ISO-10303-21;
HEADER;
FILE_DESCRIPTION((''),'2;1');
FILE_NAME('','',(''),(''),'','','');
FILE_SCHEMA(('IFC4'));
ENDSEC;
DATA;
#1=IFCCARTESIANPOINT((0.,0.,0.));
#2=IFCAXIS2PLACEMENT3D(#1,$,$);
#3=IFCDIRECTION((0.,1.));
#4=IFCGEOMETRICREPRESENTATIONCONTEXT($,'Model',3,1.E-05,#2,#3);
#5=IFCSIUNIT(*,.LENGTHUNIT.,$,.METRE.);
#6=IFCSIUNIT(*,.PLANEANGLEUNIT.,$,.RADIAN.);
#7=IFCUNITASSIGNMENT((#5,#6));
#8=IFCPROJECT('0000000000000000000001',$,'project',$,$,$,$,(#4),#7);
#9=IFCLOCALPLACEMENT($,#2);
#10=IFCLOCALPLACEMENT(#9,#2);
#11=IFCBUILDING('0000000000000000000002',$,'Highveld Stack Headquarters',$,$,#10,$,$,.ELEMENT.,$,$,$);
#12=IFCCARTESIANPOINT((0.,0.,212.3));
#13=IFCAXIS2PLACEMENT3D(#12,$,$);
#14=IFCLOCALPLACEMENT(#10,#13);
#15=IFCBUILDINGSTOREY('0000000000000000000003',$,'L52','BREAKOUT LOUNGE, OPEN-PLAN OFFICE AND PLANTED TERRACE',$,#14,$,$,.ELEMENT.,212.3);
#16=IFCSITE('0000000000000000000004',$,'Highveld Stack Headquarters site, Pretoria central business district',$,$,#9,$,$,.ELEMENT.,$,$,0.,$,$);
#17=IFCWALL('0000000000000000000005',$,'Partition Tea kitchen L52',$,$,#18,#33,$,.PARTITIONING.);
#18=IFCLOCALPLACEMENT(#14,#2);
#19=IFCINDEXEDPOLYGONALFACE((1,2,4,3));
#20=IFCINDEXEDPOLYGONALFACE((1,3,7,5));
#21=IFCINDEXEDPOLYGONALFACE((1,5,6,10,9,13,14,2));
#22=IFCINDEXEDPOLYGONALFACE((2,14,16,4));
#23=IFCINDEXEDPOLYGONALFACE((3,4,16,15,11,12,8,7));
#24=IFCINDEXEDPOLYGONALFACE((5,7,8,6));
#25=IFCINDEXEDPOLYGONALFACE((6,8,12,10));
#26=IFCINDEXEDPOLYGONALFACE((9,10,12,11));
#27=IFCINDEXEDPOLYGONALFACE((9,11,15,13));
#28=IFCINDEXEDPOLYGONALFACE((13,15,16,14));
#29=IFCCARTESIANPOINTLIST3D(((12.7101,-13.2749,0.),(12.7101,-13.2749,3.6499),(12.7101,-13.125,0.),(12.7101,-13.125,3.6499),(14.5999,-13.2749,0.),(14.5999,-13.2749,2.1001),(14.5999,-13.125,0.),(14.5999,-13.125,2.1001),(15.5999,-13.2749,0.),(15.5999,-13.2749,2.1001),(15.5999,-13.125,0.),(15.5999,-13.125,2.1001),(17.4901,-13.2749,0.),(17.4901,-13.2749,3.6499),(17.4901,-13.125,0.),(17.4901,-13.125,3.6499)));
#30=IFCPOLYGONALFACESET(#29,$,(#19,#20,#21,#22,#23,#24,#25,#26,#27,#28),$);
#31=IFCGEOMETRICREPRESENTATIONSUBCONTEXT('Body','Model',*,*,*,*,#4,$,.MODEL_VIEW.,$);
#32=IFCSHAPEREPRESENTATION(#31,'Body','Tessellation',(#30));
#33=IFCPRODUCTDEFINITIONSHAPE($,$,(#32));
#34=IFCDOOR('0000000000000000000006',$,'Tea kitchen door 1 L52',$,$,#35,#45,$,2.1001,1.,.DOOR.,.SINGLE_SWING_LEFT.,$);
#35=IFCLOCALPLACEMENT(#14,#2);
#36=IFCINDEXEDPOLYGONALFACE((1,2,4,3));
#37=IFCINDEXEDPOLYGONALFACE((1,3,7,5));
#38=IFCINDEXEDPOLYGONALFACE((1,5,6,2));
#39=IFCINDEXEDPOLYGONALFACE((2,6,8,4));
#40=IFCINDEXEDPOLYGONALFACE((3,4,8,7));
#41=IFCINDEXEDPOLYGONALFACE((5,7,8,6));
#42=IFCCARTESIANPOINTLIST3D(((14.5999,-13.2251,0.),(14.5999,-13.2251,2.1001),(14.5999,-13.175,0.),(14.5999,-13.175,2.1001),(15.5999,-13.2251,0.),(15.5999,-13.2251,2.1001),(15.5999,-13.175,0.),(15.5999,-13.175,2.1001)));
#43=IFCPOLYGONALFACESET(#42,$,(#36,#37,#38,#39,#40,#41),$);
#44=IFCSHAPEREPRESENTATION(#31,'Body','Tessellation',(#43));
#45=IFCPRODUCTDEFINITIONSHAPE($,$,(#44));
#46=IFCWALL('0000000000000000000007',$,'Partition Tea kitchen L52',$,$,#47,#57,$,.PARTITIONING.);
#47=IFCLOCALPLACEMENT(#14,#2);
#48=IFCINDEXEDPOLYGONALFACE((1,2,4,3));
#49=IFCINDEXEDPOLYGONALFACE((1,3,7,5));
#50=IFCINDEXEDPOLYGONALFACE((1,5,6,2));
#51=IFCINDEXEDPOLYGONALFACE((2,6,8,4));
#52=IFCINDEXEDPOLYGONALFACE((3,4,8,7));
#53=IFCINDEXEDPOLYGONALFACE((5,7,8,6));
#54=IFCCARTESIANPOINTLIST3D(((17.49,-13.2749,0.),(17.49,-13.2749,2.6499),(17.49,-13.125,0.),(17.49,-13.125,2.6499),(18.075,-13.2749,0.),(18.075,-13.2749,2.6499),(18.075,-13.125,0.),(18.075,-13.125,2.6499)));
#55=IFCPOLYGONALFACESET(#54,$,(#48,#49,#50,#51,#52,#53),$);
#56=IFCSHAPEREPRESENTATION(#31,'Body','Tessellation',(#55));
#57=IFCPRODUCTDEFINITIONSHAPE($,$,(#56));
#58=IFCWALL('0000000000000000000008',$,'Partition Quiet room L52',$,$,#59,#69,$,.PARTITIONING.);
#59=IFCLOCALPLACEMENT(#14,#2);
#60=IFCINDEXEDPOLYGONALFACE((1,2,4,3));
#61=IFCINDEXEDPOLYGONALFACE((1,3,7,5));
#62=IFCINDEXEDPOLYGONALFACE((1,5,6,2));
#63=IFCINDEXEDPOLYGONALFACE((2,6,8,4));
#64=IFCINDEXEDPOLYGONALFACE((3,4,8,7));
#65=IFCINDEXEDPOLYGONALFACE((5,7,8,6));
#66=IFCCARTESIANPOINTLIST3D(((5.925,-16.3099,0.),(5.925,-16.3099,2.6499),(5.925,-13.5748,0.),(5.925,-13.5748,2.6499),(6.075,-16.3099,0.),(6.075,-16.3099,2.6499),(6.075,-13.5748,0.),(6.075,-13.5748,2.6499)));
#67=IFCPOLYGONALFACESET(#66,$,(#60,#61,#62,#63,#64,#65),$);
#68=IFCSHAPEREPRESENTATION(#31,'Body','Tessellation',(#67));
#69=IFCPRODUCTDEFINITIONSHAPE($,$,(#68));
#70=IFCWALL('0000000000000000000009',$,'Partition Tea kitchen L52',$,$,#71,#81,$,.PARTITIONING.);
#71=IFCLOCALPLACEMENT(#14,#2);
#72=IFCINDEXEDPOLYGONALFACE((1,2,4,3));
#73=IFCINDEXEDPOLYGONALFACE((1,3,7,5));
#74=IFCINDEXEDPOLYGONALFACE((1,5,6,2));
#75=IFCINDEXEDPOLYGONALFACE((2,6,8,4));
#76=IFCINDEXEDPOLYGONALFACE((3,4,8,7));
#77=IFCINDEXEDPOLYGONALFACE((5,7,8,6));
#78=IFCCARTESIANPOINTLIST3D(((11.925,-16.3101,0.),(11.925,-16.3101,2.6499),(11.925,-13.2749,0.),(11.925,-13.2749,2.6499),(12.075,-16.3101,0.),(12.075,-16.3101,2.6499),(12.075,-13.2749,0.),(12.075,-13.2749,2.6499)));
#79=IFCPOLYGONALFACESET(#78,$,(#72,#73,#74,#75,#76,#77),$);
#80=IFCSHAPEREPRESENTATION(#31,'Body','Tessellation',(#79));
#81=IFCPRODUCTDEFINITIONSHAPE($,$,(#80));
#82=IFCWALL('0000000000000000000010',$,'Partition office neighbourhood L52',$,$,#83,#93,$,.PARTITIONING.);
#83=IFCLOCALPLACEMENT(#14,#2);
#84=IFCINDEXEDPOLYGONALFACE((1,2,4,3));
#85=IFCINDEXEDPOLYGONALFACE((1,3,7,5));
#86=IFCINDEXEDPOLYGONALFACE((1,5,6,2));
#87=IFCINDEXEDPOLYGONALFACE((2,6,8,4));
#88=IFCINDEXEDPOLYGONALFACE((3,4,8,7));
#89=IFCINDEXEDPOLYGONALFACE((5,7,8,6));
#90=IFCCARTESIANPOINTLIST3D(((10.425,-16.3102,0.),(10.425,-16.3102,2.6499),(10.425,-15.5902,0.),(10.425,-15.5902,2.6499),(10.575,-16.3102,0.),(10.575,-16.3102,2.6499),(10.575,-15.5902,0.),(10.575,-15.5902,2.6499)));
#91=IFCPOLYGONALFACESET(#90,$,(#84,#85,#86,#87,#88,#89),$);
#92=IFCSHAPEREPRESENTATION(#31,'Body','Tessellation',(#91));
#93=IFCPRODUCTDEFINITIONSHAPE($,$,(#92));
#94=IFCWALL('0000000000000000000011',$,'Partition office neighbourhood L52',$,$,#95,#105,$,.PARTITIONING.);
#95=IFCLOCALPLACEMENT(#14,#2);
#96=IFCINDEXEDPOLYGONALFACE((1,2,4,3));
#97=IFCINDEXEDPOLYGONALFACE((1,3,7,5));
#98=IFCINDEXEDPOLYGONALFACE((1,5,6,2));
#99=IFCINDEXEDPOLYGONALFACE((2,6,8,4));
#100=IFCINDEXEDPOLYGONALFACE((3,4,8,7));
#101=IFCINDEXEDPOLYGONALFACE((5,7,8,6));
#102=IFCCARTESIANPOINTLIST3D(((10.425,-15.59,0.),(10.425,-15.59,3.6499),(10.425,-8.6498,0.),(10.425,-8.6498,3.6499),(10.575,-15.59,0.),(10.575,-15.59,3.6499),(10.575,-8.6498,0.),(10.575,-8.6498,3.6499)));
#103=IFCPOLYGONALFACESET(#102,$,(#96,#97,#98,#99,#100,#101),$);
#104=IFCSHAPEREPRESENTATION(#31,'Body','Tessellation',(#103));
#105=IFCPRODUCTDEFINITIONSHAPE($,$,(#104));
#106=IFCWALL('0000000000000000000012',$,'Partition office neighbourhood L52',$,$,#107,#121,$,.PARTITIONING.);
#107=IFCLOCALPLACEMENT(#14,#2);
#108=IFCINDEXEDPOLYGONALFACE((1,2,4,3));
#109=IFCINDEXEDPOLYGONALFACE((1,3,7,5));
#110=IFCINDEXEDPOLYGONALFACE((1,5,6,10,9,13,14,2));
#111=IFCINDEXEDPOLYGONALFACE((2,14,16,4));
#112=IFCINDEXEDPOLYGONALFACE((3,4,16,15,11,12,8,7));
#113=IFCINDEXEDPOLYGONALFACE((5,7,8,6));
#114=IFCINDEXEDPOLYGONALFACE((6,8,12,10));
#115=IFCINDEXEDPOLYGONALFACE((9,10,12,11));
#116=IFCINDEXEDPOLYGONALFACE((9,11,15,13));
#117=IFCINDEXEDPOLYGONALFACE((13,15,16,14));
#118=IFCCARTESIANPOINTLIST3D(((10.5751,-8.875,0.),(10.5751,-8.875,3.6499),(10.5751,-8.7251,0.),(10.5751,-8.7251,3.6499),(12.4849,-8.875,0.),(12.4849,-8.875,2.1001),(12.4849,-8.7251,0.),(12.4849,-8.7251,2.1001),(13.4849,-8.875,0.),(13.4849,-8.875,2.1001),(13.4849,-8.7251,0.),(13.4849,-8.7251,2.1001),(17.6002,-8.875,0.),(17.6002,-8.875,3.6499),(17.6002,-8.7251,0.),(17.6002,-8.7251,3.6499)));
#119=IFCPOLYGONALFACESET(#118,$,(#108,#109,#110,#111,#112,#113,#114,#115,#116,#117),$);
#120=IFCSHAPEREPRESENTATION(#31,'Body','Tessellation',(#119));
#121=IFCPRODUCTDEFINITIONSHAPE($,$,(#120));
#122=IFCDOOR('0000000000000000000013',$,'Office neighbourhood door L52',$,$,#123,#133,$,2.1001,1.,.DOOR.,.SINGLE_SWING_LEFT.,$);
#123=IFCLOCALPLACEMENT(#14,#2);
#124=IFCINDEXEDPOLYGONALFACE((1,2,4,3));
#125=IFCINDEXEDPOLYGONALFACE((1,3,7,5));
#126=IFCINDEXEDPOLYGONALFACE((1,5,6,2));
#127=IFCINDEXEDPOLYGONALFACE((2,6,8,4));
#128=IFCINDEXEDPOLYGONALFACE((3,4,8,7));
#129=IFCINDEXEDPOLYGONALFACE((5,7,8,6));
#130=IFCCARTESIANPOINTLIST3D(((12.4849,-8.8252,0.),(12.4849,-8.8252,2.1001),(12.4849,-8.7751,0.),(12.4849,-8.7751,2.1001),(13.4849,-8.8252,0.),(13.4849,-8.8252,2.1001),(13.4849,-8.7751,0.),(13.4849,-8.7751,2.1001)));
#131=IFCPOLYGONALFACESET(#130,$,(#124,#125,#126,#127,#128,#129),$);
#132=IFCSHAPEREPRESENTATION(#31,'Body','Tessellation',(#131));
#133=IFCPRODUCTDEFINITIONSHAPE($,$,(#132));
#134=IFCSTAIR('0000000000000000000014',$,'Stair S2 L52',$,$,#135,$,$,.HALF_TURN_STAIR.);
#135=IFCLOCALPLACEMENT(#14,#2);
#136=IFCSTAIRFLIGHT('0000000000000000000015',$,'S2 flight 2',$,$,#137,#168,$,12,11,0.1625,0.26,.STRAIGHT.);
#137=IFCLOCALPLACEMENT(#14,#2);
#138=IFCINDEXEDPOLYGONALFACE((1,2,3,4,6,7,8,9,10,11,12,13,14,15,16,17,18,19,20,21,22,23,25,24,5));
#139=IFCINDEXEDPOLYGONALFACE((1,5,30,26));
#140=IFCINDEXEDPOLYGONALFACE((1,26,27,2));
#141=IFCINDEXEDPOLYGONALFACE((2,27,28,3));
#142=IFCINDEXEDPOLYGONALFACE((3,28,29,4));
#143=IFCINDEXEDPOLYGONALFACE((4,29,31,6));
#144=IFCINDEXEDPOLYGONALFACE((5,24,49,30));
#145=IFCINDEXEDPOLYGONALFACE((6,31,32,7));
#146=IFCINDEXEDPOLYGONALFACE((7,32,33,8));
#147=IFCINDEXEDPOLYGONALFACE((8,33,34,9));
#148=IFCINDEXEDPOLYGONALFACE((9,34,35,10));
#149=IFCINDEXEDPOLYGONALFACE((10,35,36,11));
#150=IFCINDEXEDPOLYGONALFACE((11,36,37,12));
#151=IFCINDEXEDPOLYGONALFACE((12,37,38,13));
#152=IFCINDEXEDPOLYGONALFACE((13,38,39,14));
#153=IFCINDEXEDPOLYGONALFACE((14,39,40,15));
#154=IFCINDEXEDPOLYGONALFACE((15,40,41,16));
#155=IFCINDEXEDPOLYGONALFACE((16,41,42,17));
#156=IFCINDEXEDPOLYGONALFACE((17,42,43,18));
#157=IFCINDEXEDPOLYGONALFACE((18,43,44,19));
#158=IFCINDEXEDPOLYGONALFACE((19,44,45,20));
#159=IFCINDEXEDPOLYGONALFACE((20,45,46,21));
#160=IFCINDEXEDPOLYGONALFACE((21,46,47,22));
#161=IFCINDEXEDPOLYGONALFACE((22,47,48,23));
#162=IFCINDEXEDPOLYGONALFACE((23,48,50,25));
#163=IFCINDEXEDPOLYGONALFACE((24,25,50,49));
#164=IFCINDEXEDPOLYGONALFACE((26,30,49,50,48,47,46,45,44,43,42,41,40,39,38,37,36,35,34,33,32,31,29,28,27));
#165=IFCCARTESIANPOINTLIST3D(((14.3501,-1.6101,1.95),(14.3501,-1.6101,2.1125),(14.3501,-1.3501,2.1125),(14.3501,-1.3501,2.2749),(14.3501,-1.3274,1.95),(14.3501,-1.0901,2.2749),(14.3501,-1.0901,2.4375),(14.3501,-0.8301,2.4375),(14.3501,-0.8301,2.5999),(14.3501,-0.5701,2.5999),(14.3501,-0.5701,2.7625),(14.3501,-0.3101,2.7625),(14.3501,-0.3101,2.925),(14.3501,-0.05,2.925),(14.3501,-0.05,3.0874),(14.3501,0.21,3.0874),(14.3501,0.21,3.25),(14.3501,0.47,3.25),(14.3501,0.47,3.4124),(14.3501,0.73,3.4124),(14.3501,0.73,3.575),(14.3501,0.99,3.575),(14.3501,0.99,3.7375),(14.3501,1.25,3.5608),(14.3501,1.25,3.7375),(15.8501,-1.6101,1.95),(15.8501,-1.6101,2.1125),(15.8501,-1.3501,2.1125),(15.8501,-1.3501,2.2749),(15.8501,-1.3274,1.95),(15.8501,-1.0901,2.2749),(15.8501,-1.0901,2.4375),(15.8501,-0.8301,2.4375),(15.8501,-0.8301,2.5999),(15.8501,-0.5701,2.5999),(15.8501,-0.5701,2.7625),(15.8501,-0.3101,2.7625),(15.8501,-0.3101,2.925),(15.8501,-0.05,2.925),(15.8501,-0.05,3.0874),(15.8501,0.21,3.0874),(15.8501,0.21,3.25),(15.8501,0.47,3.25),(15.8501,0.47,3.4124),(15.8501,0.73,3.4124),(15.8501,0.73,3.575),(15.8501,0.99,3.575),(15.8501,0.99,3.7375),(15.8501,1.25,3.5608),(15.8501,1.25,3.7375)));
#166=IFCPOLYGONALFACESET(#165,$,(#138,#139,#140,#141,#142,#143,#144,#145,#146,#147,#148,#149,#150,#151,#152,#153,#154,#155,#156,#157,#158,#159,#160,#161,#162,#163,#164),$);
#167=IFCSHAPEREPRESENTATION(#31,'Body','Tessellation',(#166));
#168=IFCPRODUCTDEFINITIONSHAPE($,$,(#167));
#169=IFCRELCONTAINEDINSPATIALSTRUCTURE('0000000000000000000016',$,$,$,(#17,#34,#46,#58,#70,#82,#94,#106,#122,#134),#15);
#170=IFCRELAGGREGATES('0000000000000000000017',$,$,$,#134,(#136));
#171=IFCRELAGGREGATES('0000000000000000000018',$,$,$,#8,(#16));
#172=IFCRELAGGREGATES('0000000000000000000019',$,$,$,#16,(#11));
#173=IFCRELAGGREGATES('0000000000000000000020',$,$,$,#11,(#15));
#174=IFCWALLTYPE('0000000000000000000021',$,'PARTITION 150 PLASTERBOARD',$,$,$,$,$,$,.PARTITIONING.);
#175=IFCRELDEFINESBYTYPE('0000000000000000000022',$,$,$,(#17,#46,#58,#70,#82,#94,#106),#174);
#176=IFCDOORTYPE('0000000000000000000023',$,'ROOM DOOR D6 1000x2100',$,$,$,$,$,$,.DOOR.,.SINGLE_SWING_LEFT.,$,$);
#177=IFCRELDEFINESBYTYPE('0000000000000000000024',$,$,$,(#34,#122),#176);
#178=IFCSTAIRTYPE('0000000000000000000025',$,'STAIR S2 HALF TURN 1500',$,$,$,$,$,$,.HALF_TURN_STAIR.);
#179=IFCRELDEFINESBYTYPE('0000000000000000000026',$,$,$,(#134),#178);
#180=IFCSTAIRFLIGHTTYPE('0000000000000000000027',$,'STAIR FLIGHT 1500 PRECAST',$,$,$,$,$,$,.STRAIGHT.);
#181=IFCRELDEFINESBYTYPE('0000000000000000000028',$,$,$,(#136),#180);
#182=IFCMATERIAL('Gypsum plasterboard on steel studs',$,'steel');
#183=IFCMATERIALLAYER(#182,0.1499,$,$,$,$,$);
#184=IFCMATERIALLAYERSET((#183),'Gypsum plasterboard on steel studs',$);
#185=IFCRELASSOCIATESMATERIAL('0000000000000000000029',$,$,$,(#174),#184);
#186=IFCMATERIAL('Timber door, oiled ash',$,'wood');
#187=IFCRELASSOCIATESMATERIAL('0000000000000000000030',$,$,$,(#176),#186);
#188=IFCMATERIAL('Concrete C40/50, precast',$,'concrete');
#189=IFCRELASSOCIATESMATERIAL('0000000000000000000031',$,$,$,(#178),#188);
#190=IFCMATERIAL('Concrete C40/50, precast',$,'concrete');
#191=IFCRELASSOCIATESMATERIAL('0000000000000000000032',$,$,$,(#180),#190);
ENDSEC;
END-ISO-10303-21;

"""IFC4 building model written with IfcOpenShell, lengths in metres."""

from ifc_helpers import new_model, si_unit, direction, frame, frame_2d, origin, place, context, subcontext, project, spatial, polyline, rectangle, outline, extrude, material, layer, layer_set, type_object, element, fill, aggregate, save


model = new_model("IFC4")

# Units and contexts
model_context = context("Model", 3, precision=1e-05, world=origin(), true_north=direction((0.0, 1.0)))
body_context = subcontext(model_context, "Body", "Model", "MODEL_VIEW")
ifc_project = project(units=[si_unit("LENGTHUNIT", "METRE"), si_unit("PLANEANGLEUNIT", "RADIAN")], contexts=[model_context])

# Site, building, storey
site_placement = place(None, origin())
site = spatial("IfcSite", under=ifc_project, at=site_placement, Name="Highveld Stack Headquarters site, Pretoria central business district", CompositionType="ELEMENT", RefElevation=0.0)
building_placement = place(site_placement, origin())
building = spatial("IfcBuilding", under=site, at=building_placement, Name="Highveld Stack Headquarters", CompositionType="ELEMENT")
storey_placement = place(building_placement, frame((0.0, 0.0, 212.3)))
storey = spatial("IfcBuildingStorey", under=building, at=storey_placement, Name="L52", Description="BREAKOUT LOUNGE, OPEN-PLAN OFFICE AND PLANTED TERRACE", CompositionType="ELEMENT", Elevation=212.3)

# Shared definitions
ifc_material_1 = material(Name="Gypsum plasterboard on steel studs", Category="steel")
ifc_layer_1 = layer(ifc_material_1, 0.1499)
ifc_layer_set_1 = layer_set([ifc_layer_1], Name="Gypsum plasterboard on steel studs")
wall_type_1 = type_object("IfcWallType", Name="PARTITION 150 PLASTERBOARD", PredefinedType="PARTITIONING", material=ifc_layer_set_1)

# Wall, opening, door
wall_1_placement = place(storey_placement, frame((12.71, -13.2, 0.0), z_axis=(0.0, 0.0, 1.0), x_axis=(1.0, 0.0, 0.0)))
wall_1 = element("IfcWall", 1, at=wall_1_placement, inside=storey, type_object=wall_type_1, Name="Partition Tea kitchen L52", PredefinedType="PARTITIONING", context=body_context, shape_type="SweptSolid", body=[
    extrude(rectangle(XDim=4.78, YDim=0.1499, at=frame_2d((2.3901, 0.0))), origin(), (0.0, 0.0, 1.0), 3.6499),
])
opening_1_placement = place(wall_1_placement, frame((1.8899, 0.0, 0.0)))
opening_1 = element("IfcOpeningElement", 2, at=opening_1_placement, cuts=wall_1, PredefinedType="OPENING", context=body_context, shape_type="SweptSolid", body=[
    extrude(rectangle(XDim=1.0, YDim=2.1001, at=frame_2d((0.5, 1.05))), frame((0.0, 0.085, 0.0), z_axis=(0.0, -1.0, 0.0), x_axis=(1.0, 0.0, 0.0)), (0.0, 0.0, 1.0), 0.1699),
])
ifc_material_2 = material(Name="Timber door, oiled ash", Category="wood")
door_type = type_object("IfcDoorType", Name="ROOM DOOR D6 1000x2100", OperationType="SINGLE_SWING_LEFT", PredefinedType="DOOR", material=ifc_material_2)
door_1_placement = place(opening_1_placement, origin())
door_1 = element("IfcDoor", 3, at=door_1_placement, inside=storey, type_object=door_type, Name="Tea kitchen door 1 L52", OperationType="SINGLE_SWING_LEFT", OverallHeight=2.1001, OverallWidth=1.0, PredefinedType="DOOR", context=body_context, shape_type="SweptSolid", body=[
    extrude(rectangle(XDim=1.0, YDim=2.1001, at=frame_2d((0.5, 1.05))), frame((0.0, 0.0249, 0.0), z_axis=(0.0, -1.0, 0.0), x_axis=(1.0, 0.0, 0.0)), (0.0, 0.0, 1.0), 0.05),
])
fill(opening_1, door_1)

# Walls
wall_2_placement = place(storey_placement, frame((17.49, -13.2, 0.0), z_axis=(0.0, 0.0, 1.0), x_axis=(1.0, 0.0, 0.0)))
element("IfcWall", 4, at=wall_2_placement, inside=storey, type_object=wall_type_1, Name="Partition Tea kitchen L52", PredefinedType="PARTITIONING", context=body_context, shape_type="SweptSolid", body=[
    extrude(rectangle(XDim=0.585, YDim=0.1499, at=frame_2d((0.2925, 0.0))), origin(), (0.0, 0.0, 1.0), 2.6499),
])
wall_3_placement = place(storey_placement, frame((6.0, -16.3101, 0.0), z_axis=(0.0, 0.0, 1.0), x_axis=(0.0, 1.0, 0.0)))
element("IfcWall", 5, at=wall_3_placement, inside=storey, type_object=wall_type_1, Name="Partition Quiet room L52", PredefinedType="PARTITIONING", context=body_context, shape_type="SweptSolid", body=[
    extrude(rectangle(XDim=2.7351, YDim=0.1499, at=frame_2d((1.3677, 0.0))), origin(), (0.0, 0.0, 1.0), 2.6499),
])
wall_4_placement = place(storey_placement, frame((12.0, -16.3101, 0.0), z_axis=(0.0, 0.0, 1.0), x_axis=(0.0, 1.0, 0.0)))
element("IfcWall", 6, at=wall_4_placement, inside=storey, type_object=wall_type_1, Name="Partition Tea kitchen L52", PredefinedType="PARTITIONING", context=body_context, shape_type="SweptSolid", body=[
    extrude(rectangle(XDim=3.0352, YDim=0.1499, at=frame_2d((1.5176, 0.0))), origin(), (0.0, 0.0, 1.0), 2.6499),
])
wall_5_placement = place(storey_placement, frame((10.5, -16.3101, 0.0), z_axis=(0.0, 0.0, 1.0), x_axis=(0.0, 1.0, 0.0)))
element("IfcWall", 7, at=wall_5_placement, inside=storey, type_object=wall_type_1, Name="Partition office neighbourhood L52", PredefinedType="PARTITIONING", context=body_context, shape_type="SweptSolid", body=[
    extrude(rectangle(XDim=0.72, YDim=0.1499, at=frame_2d((0.3599, 0.0))), origin(), (0.0, 0.0, 1.0), 2.6499),
])
wall_6_placement = place(storey_placement, frame((10.5, -15.5901, 0.0), z_axis=(0.0, 0.0, 1.0), x_axis=(0.0, 1.0, 0.0)))
element("IfcWall", 8, at=wall_6_placement, inside=storey, type_object=wall_type_1, Name="Partition office neighbourhood L52", PredefinedType="PARTITIONING", context=body_context, shape_type="SweptSolid", body=[
    extrude(rectangle(XDim=6.9402, YDim=0.1499, at=frame_2d((3.4702, 0.0))), origin(), (0.0, 0.0, 1.0), 3.6499),
])

# Wall, opening, door
wall_7_placement = place(storey_placement, frame((10.575, -8.8, 0.0), z_axis=(0.0, 0.0, 1.0), x_axis=(1.0, 0.0, 0.0)))
wall_7 = element("IfcWall", 9, at=wall_7_placement, inside=storey, type_object=wall_type_1, Name="Partition office neighbourhood L52", PredefinedType="PARTITIONING", context=body_context, shape_type="SweptSolid", body=[
    extrude(rectangle(XDim=7.0251, YDim=0.1499, at=frame_2d((3.5127, 0.0))), origin(), (0.0, 0.0, 1.0), 3.6499),
])
opening_2_placement = place(wall_7_placement, frame((1.9099, 0.0, 0.0)))
opening_2 = element("IfcOpeningElement", 10, at=opening_2_placement, cuts=wall_7, PredefinedType="OPENING", context=body_context, shape_type="SweptSolid", body=[
    extrude(rectangle(XDim=1.0, YDim=2.1001, at=frame_2d((0.5, 1.05))), frame((0.0, 0.085, 0.0), z_axis=(0.0, -1.0, 0.0), x_axis=(1.0, 0.0, 0.0)), (0.0, 0.0, 1.0), 0.1699),
])
door_2_placement = place(opening_2_placement, origin())
door_2 = element("IfcDoor", 11, at=door_2_placement, inside=storey, type_object=door_type, Name="Office neighbourhood door L52", OperationType="SINGLE_SWING_LEFT", OverallHeight=2.1001, OverallWidth=1.0, PredefinedType="DOOR", context=body_context, shape_type="SweptSolid", body=[
    extrude(rectangle(XDim=1.0, YDim=2.1001, at=frame_2d((0.5, 1.05))), frame((0.0, 0.0249, 0.0), z_axis=(0.0, -1.0, 0.0), x_axis=(1.0, 0.0, 0.0)), (0.0, 0.0, 1.0), 0.05),
])
fill(opening_2, door_2)

# Stair, stair flight
ifc_material_3 = material(Name="Concrete C40/50, precast", Category="concrete")
stair_type = type_object("IfcStairType", Name="STAIR S2 HALF TURN 1500", PredefinedType="HALF_TURN_STAIR", material=ifc_material_3)
stair_placement = place(storey_placement, origin())
stair = element("IfcStair", 12, at=stair_placement, inside=storey, type_object=stair_type, Name="Stair S2 L52", PredefinedType="HALF_TURN_STAIR")
ifc_material_4 = material(Name="Concrete C40/50, precast", Category="concrete")
stair_flight_type = type_object("IfcStairFlightType", Name="STAIR FLIGHT 1500 PRECAST", PredefinedType="STRAIGHT", material=ifc_material_4)
stair_flight_placement = place(storey_placement, frame((15.1001, -1.6101, 1.95), z_axis=(0.0, 0.0, 1.0), x_axis=(0.0, 1.0, 0.0)))
stair_flight = element("IfcStairFlight", 13, at=stair_flight_placement, type_object=stair_flight_type, Name="S2 flight 2", NumberOfRisers=12, NumberOfTreads=11, PredefinedType="STRAIGHT", RiserHeight=0.1625, TreadLength=0.26, context=body_context, shape_type="SweptSolid", body=[
    extrude(outline(polyline([(0.0, 0.0), (0.0, 0.1626), (0.26, 0.1626), (0.26, 0.325), (0.52, 0.325), (0.52, 0.4875), (0.78, 0.4875), (0.78, 0.6499), (1.04, 0.6499), (1.04, 0.8125), (1.3, 0.8125), (1.3, 0.9751), (1.5601, 0.9751), (1.5601, 1.1375), (1.8201, 1.1375), (1.8201, 1.3), (2.0801, 1.3), (2.0801, 1.4624), (2.3401, 1.4624), (2.3401, 1.625), (2.6001, 1.625), (2.6001, 1.7876), (2.8601, 1.7876), (2.8601, 1.95), (2.8601, 1.6108), (0.2827, 0.0), (0.0, 0.0)])), frame((0.0, 0.75, 0.0), z_axis=(0.0, -1.0, 0.0), x_axis=(1.0, 0.0, 0.0)), (0.0, 0.0, 1.0), 1.5),
])
aggregate(stair, [stair_flight])

save(model, "model.ifc")
